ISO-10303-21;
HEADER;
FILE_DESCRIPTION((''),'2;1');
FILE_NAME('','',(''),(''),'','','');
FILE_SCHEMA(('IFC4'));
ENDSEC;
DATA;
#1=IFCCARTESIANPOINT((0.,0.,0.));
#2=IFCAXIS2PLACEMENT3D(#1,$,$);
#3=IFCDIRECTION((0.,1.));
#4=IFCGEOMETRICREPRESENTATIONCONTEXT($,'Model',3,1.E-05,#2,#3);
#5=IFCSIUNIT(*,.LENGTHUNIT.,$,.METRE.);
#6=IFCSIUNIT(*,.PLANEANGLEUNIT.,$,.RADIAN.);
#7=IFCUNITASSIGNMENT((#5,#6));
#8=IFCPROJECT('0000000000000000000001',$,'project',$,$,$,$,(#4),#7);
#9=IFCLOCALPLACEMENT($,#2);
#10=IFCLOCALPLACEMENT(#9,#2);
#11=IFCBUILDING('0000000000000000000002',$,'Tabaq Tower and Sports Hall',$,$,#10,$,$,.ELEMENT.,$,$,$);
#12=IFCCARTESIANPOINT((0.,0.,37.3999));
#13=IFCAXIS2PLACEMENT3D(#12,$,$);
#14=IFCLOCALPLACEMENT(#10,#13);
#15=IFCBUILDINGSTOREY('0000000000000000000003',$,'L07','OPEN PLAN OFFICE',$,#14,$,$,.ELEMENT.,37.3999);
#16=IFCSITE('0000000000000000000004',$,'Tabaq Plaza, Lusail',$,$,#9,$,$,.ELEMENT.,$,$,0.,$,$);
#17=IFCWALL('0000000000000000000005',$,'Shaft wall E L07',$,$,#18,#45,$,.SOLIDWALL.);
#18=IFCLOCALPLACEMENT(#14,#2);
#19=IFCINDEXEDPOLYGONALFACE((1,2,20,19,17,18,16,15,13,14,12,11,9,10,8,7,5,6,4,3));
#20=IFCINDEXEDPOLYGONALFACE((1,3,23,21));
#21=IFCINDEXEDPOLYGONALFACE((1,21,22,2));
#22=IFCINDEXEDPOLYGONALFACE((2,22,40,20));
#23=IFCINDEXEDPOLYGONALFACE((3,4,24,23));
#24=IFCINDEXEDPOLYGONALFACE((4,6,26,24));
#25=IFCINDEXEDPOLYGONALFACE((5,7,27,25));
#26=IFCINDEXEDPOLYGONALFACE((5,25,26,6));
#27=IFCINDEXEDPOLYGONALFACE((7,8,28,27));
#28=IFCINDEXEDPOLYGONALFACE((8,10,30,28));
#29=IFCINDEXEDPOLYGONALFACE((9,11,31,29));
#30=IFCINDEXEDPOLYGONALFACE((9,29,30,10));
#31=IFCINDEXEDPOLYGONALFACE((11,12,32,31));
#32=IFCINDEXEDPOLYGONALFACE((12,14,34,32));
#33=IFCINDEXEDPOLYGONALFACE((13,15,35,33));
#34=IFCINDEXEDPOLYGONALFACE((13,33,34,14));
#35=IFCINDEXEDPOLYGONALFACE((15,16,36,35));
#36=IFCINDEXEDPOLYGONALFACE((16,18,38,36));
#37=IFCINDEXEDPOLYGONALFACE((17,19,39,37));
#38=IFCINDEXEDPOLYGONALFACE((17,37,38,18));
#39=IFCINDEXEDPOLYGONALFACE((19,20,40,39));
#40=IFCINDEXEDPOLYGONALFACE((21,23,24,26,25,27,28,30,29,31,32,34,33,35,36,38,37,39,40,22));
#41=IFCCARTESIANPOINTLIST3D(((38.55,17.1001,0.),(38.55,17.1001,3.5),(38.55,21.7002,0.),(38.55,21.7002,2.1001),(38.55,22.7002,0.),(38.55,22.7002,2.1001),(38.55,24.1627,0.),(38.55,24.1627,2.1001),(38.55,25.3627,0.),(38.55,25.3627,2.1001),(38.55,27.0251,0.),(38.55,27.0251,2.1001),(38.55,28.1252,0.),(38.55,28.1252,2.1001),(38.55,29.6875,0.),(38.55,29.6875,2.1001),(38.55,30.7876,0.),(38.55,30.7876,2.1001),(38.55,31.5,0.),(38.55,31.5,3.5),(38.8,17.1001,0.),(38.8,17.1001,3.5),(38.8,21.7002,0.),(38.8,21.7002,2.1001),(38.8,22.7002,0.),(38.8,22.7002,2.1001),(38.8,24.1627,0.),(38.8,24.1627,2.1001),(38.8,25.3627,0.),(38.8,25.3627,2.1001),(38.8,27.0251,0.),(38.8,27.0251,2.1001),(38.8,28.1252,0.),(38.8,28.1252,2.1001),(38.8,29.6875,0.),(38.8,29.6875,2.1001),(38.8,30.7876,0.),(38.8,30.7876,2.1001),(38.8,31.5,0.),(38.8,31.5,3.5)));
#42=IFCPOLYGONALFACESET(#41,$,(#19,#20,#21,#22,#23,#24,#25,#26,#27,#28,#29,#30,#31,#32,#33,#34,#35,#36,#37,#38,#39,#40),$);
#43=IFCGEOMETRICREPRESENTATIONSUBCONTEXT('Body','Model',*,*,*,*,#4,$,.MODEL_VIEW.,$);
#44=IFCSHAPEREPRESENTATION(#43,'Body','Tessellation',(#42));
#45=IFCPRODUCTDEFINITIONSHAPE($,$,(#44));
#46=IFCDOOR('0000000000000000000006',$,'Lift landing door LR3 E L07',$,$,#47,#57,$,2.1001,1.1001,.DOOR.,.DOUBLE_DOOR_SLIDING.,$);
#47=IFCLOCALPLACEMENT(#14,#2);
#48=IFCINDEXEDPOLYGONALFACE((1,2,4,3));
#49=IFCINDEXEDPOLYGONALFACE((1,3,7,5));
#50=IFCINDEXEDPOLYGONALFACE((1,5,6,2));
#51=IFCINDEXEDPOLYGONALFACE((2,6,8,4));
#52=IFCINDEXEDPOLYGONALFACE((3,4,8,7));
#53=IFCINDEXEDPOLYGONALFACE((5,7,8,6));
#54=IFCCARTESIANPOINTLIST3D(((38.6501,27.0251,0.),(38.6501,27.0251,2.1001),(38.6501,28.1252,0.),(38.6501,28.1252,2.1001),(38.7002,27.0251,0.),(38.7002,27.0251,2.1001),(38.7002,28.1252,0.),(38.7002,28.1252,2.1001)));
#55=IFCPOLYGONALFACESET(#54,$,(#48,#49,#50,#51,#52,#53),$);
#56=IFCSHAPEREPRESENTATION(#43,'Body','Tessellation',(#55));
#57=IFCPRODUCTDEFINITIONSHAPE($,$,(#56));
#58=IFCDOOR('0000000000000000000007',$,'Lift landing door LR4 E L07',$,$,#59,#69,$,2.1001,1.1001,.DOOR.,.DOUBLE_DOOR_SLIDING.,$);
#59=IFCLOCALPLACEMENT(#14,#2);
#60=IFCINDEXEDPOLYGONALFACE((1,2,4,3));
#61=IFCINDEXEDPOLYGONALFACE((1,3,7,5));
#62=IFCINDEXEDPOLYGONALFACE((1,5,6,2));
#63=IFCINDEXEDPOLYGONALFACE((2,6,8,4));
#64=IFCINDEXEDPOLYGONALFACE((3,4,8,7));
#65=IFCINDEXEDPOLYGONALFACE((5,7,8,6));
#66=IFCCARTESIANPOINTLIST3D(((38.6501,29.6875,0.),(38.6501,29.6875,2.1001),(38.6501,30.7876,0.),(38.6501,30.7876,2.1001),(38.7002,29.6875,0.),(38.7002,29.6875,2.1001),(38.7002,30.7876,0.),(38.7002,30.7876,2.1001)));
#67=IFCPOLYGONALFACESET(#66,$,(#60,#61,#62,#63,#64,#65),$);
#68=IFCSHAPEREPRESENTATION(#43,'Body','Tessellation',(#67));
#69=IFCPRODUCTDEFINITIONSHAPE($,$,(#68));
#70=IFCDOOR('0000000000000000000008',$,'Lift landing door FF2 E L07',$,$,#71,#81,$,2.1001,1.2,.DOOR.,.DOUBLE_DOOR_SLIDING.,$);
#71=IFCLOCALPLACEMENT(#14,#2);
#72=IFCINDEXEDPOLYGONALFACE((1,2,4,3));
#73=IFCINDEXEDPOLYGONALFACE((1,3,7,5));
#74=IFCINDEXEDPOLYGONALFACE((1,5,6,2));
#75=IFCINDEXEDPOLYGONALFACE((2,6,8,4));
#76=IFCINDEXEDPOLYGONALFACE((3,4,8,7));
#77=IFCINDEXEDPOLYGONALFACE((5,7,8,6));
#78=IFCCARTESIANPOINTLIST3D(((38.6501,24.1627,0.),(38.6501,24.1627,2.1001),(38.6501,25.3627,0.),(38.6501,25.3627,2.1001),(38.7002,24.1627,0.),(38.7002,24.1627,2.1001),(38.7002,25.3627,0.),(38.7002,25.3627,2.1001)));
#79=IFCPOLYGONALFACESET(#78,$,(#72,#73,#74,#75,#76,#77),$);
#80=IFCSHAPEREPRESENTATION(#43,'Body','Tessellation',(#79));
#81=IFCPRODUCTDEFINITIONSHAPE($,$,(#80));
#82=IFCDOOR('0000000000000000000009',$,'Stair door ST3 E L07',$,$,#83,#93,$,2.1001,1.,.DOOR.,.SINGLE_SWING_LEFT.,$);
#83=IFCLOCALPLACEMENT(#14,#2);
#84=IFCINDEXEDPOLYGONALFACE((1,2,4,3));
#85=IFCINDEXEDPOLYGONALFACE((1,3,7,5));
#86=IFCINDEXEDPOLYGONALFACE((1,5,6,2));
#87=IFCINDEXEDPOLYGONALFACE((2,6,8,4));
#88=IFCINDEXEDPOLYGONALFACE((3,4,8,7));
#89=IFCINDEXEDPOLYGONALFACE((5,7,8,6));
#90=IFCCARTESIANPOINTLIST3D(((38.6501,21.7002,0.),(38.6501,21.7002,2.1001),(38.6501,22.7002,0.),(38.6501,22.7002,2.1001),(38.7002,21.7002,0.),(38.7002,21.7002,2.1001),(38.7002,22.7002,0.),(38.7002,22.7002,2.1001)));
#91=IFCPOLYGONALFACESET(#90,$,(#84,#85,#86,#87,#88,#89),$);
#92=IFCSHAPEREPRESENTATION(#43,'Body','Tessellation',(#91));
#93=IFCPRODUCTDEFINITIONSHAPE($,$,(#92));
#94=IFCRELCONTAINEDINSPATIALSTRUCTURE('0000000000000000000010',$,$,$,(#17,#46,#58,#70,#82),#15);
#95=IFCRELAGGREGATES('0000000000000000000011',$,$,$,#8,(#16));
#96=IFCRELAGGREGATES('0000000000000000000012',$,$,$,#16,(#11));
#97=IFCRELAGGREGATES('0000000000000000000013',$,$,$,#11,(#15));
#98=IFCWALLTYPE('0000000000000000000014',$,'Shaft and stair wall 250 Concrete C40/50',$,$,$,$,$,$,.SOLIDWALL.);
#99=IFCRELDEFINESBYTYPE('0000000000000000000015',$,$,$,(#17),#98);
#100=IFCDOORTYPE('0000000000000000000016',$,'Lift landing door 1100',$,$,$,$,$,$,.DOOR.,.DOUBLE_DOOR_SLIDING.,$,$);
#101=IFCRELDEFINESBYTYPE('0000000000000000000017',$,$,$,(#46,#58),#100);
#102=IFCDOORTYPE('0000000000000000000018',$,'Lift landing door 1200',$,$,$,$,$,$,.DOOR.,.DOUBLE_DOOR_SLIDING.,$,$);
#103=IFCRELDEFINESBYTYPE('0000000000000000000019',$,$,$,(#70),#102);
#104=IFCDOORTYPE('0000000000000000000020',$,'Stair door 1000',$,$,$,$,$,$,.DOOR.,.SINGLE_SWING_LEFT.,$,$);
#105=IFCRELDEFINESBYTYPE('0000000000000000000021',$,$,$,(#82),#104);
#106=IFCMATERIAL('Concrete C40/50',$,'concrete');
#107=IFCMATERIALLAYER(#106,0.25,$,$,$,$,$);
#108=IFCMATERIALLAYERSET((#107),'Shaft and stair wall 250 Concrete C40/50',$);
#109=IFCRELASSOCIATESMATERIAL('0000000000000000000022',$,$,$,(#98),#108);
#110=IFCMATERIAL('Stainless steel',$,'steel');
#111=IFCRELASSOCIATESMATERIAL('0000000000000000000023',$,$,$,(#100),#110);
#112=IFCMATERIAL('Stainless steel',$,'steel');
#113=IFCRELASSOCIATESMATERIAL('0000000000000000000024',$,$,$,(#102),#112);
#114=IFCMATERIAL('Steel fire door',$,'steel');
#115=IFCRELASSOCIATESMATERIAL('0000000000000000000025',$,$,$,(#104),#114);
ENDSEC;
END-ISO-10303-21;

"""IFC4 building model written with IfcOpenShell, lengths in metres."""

from ifc_helpers import new_model, si_unit, direction, frame, frame_2d, origin, place, context, subcontext, project, spatial, rectangle, extrude, material, layer, layer_set, type_object, element, fill, save


model = new_model("IFC4")

# Units and contexts
model_context = context("Model", 3, precision=1e-05, world=origin(), true_north=direction((0.0, 1.0)))
body_context = subcontext(model_context, "Body", "Model", "MODEL_VIEW")
ifc_project = project(units=[si_unit("LENGTHUNIT", "METRE"), si_unit("PLANEANGLEUNIT", "RADIAN")], contexts=[model_context])

# Site, building, storey
site_placement = place(None, origin())
site = spatial("IfcSite", under=ifc_project, at=site_placement, Name="Tabaq Plaza, Lusail", CompositionType="ELEMENT", RefElevation=0.0)
building_placement = place(site_placement, origin())
building = spatial("IfcBuilding", under=site, at=building_placement, Name="Tabaq Tower and Sports Hall", CompositionType="ELEMENT")
storey_placement = place(building_placement, frame((0.0, 0.0, 37.3999)))
storey = spatial("IfcBuildingStorey", under=building, at=storey_placement, Name="L07", Description="OPEN PLAN OFFICE", CompositionType="ELEMENT", Elevation=37.3999)

# Wall, openings, doors
ifc_material_1 = material(Name="Concrete C40/50", Category="concrete")
ifc_layer_1 = layer(ifc_material_1, 0.25)
ifc_layer_set_1 = layer_set([ifc_layer_1], Name="Shaft and stair wall 250 Concrete C40/50")
wall_type_1 = type_object("IfcWallType", Name="Shaft and stair wall 250 Concrete C40/50", PredefinedType="SOLIDWALL", material=ifc_layer_set_1)
wall_1_placement = place(storey_placement, frame((38.675, 17.1001, 0.0), z_axis=(0.0, 0.0, 1.0), x_axis=(0.0, 1.0, 0.0)))
wall_1 = element("IfcWall", 1, at=wall_1_placement, inside=storey, type_object=wall_type_1, Name="Shaft wall E L07", PredefinedType="SOLIDWALL", context=body_context, shape_type="SweptSolid", body=[
    extrude(rectangle(XDim=14.3999, YDim=0.25, at=frame_2d((7.2, 0.0))), origin(), (0.0, 0.0, 1.0), 3.5),
])
opening_1_placement = place(wall_1_placement, frame((4.6001, 0.0, 0.0)))
opening_1 = element("IfcOpeningElement", 2, at=opening_1_placement, cuts=wall_1, PredefinedType="OPENING", context=body_context, shape_type="SweptSolid", body=[
    extrude(rectangle(XDim=1.0, YDim=2.1001, at=frame_2d((0.5, 1.05))), frame((0.0, 0.125, 0.0), z_axis=(0.0, -1.0, 0.0), x_axis=(1.0, 0.0, 0.0)), (0.0, 0.0, 1.0), 0.25),
])
opening_2_placement = place(wall_1_placement, frame((7.0625, 0.0, 0.0)))
opening_2 = element("IfcOpeningElement", 3, at=opening_2_placement, cuts=wall_1, PredefinedType="OPENING", context=body_context, shape_type="SweptSolid", body=[
    extrude(rectangle(XDim=1.2, YDim=2.1001, at=frame_2d((0.6001, 1.05))), frame((0.0, 0.125, 0.0), z_axis=(0.0, -1.0, 0.0), x_axis=(1.0, 0.0, 0.0)), (0.0, 0.0, 1.0), 0.25),
])
opening_3_placement = place(wall_1_placement, frame((9.925, 0.0, 0.0)))
opening_3 = element("IfcOpeningElement", 4, at=opening_3_placement, cuts=wall_1, PredefinedType="OPENING", context=body_context, shape_type="SweptSolid", body=[
    extrude(rectangle(XDim=1.1001, YDim=2.1001, at=frame_2d((0.55, 1.05))), frame((0.0, 0.125, 0.0), z_axis=(0.0, -1.0, 0.0), x_axis=(1.0, 0.0, 0.0)), (0.0, 0.0, 1.0), 0.25),
])
opening_4_placement = place(wall_1_placement, frame((12.5874, 0.0, 0.0)))
opening_4 = element("IfcOpeningElement", 5, at=opening_4_placement, cuts=wall_1, PredefinedType="OPENING", context=body_context, shape_type="SweptSolid", body=[
    extrude(rectangle(XDim=1.1001, YDim=2.1001, at=frame_2d((0.55, 1.05))), frame((0.0, 0.125, 0.0), z_axis=(0.0, -1.0, 0.0), x_axis=(1.0, 0.0, 0.0)), (0.0, 0.0, 1.0), 0.25),
])
ifc_material_2 = material(Name="Stainless steel", Category="steel")
door_type_1 = type_object("IfcDoorType", Name="Lift landing door 1100", OperationType="DOUBLE_DOOR_SLIDING", PredefinedType="DOOR", material=ifc_material_2)
door_1_placement = place(opening_3_placement, origin())
door_1 = element("IfcDoor", 6, at=door_1_placement, inside=storey, type_object=door_type_1, Name="Lift landing door LR3 E L07", OperationType="DOUBLE_DOOR_SLIDING", OverallHeight=2.1001, OverallWidth=1.1001, PredefinedType="DOOR", context=body_context, shape_type="SweptSolid", body=[
    extrude(rectangle(XDim=1.1001, YDim=2.1001, at=frame_2d((0.55, 1.05))), frame((0.0, 0.0249, 0.0), z_axis=(0.0, -1.0, 0.0), x_axis=(1.0, 0.0, 0.0)), (0.0, 0.0, 1.0), 0.05),
])
fill(opening_3, door_1)
door_2_placement = place(opening_4_placement, origin())
door_2 = element("IfcDoor", 7, at=door_2_placement, inside=storey, type_object=door_type_1, Name="Lift landing door LR4 E L07", OperationType="DOUBLE_DOOR_SLIDING", OverallHeight=2.1001, OverallWidth=1.1001, PredefinedType="DOOR", context=body_context, shape_type="SweptSolid", body=[
    extrude(rectangle(XDim=1.1001, YDim=2.1001, at=frame_2d((0.55, 1.05))), frame((0.0, 0.0249, 0.0), z_axis=(0.0, -1.0, 0.0), x_axis=(1.0, 0.0, 0.0)), (0.0, 0.0, 1.0), 0.05),
])
fill(opening_4, door_2)
ifc_material_3 = material(Name="Stainless steel", Category="steel")
door_type_2 = type_object("IfcDoorType", Name="Lift landing door 1200", OperationType="DOUBLE_DOOR_SLIDING", PredefinedType="DOOR", material=ifc_material_3)
door_3_placement = place(opening_2_placement, origin())
door_3 = element("IfcDoor", 8, at=door_3_placement, inside=storey, type_object=door_type_2, Name="Lift landing door FF2 E L07", OperationType="DOUBLE_DOOR_SLIDING", OverallHeight=2.1001, OverallWidth=1.2, PredefinedType="DOOR", context=body_context, shape_type="SweptSolid", body=[
    extrude(rectangle(XDim=1.2, YDim=2.1001, at=frame_2d((0.6001, 1.05))), frame((0.0, 0.0249, 0.0), z_axis=(0.0, -1.0, 0.0), x_axis=(1.0, 0.0, 0.0)), (0.0, 0.0, 1.0), 0.05),
])
fill(opening_2, door_3)
ifc_material_4 = material(Name="Steel fire door", Category="steel")
door_type_3 = type_object("IfcDoorType", Name="Stair door 1000", OperationType="SINGLE_SWING_LEFT", PredefinedType="DOOR", material=ifc_material_4)
door_4_placement = place(opening_1_placement, origin())
door_4 = element("IfcDoor", 9, at=door_4_placement, inside=storey, type_object=door_type_3, Name="Stair door ST3 E L07", OperationType="SINGLE_SWING_LEFT", OverallHeight=2.1001, OverallWidth=1.0, PredefinedType="DOOR", context=body_context, shape_type="SweptSolid", body=[
    extrude(rectangle(XDim=1.0, YDim=2.1001, at=frame_2d((0.5, 1.05))), frame((0.0, 0.0249, 0.0), z_axis=(0.0, -1.0, 0.0), x_axis=(1.0, 0.0, 0.0)), (0.0, 0.0, 1.0), 0.05),
])
fill(opening_1, door_4)

save(model, "model.ifc")
